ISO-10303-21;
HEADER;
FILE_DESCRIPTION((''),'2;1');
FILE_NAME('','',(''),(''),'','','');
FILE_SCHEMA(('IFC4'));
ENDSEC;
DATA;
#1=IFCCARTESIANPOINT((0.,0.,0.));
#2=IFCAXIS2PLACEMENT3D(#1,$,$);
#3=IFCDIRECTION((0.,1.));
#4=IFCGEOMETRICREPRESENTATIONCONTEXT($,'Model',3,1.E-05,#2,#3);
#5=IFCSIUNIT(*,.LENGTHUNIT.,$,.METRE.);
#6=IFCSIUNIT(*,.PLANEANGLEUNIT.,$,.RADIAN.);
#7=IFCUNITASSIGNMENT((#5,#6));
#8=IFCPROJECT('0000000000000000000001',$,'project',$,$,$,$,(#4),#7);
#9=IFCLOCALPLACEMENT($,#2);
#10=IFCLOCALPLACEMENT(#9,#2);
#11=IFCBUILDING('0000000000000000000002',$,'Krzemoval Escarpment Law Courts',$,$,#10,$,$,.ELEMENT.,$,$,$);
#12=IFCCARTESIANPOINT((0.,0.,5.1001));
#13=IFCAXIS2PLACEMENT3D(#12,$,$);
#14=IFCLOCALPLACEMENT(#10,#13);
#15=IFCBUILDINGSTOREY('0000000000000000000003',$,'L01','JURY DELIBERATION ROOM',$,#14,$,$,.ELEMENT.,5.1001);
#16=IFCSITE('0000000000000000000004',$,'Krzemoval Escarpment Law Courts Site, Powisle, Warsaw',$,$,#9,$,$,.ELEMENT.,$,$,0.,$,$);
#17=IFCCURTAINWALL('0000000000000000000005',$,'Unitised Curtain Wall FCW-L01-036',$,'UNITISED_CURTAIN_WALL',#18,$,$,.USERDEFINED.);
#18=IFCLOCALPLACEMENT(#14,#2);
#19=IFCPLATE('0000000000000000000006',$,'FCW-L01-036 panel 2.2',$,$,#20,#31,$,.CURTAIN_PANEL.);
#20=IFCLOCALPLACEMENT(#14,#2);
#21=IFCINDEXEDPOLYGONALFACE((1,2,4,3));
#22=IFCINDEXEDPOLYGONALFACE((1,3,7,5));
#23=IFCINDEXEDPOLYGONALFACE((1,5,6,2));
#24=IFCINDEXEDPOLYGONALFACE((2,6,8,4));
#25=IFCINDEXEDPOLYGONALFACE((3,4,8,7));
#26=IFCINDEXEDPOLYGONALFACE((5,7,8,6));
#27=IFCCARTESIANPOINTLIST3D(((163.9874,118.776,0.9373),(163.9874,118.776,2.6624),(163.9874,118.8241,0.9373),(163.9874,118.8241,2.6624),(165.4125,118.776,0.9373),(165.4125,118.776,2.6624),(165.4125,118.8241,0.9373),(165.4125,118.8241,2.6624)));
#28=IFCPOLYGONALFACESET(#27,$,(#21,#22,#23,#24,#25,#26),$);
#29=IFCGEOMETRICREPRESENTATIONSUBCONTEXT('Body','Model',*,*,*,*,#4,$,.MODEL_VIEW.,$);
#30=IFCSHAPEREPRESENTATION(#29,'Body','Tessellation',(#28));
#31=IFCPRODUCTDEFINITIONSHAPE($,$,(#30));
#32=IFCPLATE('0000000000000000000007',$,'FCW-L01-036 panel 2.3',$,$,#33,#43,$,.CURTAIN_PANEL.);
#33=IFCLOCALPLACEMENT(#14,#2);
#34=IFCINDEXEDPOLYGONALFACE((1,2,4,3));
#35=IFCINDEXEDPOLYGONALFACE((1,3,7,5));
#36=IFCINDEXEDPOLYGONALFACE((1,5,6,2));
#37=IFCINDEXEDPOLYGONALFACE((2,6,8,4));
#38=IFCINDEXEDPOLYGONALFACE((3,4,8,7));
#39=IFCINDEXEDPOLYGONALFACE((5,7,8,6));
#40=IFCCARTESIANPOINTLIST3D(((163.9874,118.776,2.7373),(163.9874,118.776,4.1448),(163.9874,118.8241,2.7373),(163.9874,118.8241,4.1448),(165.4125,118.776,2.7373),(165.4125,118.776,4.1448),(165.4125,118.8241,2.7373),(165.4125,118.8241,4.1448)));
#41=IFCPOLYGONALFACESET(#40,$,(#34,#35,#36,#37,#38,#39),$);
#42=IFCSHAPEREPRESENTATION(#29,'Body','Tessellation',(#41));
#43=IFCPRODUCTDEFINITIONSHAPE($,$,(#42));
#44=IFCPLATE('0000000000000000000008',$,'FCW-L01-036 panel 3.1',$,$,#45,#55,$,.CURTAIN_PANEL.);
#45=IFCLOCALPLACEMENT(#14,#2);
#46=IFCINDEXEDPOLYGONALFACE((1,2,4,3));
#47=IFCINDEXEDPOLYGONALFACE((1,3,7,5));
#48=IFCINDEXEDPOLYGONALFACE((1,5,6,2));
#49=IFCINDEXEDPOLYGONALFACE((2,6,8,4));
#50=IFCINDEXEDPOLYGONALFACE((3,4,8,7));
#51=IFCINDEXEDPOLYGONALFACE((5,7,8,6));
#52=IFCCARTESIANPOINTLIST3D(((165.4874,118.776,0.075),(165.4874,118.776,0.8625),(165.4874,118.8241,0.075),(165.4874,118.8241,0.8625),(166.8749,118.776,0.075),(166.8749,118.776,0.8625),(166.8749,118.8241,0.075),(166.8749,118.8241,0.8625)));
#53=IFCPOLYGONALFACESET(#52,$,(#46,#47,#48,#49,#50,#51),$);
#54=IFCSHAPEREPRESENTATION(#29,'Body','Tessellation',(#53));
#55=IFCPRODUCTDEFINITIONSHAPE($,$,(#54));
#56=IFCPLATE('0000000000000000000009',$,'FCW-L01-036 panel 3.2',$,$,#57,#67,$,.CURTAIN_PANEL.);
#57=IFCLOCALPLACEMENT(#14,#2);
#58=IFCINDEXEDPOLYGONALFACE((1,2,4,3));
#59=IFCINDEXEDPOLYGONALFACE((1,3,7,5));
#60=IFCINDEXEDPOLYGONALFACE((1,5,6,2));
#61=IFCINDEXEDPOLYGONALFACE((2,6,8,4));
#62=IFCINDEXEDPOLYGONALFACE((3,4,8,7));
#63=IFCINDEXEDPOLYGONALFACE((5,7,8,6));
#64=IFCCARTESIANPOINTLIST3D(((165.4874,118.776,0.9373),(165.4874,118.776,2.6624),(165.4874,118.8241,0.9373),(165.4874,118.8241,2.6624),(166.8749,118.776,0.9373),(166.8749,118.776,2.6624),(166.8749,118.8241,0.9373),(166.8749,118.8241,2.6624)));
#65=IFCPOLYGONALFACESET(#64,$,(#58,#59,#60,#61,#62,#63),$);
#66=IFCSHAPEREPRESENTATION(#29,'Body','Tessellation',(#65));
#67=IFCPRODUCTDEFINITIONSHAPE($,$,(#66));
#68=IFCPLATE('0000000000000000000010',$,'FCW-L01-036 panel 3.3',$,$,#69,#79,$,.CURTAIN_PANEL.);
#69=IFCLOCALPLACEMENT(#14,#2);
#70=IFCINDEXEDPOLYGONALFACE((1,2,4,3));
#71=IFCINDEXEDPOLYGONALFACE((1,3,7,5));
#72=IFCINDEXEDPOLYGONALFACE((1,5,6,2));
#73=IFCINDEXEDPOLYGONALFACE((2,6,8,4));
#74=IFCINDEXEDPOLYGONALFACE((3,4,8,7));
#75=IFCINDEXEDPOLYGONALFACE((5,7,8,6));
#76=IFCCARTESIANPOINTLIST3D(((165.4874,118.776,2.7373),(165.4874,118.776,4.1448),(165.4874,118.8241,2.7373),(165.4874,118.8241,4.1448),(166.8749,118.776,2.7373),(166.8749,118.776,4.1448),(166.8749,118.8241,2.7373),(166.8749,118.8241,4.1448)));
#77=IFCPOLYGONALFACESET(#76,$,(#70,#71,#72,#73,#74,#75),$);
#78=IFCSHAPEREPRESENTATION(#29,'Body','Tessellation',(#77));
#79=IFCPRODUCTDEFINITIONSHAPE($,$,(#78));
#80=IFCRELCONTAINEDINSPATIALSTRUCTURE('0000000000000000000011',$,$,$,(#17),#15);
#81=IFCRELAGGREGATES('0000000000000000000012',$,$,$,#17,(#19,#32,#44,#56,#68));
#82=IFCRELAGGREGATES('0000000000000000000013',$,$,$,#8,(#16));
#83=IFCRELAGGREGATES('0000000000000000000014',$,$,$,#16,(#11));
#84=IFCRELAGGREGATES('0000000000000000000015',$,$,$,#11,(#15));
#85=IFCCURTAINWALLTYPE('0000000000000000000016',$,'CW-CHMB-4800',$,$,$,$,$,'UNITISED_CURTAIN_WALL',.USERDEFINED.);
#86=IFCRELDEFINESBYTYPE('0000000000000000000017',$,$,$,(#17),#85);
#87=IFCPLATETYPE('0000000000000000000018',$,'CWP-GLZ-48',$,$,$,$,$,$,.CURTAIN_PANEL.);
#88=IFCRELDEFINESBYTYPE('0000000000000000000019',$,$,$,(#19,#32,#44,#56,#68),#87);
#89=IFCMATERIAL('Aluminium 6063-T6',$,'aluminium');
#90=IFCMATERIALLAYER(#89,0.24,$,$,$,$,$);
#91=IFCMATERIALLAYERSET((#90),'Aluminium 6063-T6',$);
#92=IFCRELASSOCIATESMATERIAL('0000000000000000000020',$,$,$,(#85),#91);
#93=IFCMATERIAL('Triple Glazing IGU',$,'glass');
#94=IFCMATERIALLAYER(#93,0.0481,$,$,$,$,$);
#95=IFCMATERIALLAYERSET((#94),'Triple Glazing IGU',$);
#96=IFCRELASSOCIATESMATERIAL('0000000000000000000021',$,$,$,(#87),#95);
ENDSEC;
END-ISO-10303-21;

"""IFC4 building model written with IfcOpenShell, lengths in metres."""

from ifc_helpers import new_model, si_unit, direction, frame, origin, origin_2d, place, context, subcontext, project, spatial, rectangle, extrude, material, layer, layer_set, type_object, element, aggregate, save


model = new_model("IFC4")

# Units and contexts
model_context = context("Model", 3, precision=1e-05, world=origin(), true_north=direction((0.0, 1.0)))
body_context = subcontext(model_context, "Body", "Model", "MODEL_VIEW")
ifc_project = project(units=[si_unit("LENGTHUNIT", "METRE"), si_unit("PLANEANGLEUNIT", "RADIAN")], contexts=[model_context])

# Site, building, storey
site_placement = place(None, origin())
site = spatial("IfcSite", under=ifc_project, at=site_placement, Name="Krzemoval Escarpment Law Courts Site, Powisle, Warsaw", CompositionType="ELEMENT", RefElevation=0.0)
building_placement = place(site_placement, origin())
building = spatial("IfcBuilding", under=site, at=building_placement, Name="Krzemoval Escarpment Law Courts", CompositionType="ELEMENT")
storey_placement = place(building_placement, frame((0.0, 0.0, 5.1001)))
storey = spatial("IfcBuildingStorey", under=building, at=storey_placement, Name="L01", Description="JURY DELIBERATION ROOM", CompositionType="ELEMENT", Elevation=5.1001)

# Shared definitions
ifc_material_1 = material(Name="Aluminium 6063-T6", Category="aluminium")
ifc_layer_1 = layer(ifc_material_1, 0.24)
ifc_layer_set_1 = layer_set([ifc_layer_1], Name="Aluminium 6063-T6")
curtain_wall_type = type_object("IfcCurtainWallType", Name="CW-CHMB-4800", ElementType="UNITISED_CURTAIN_WALL", PredefinedType="USERDEFINED", material=ifc_layer_set_1)

# Curtain wall, plates
curtain_wall_1_placement = place(storey_placement, origin())
curtain_wall_1 = element("IfcCurtainWall", 1, at=curtain_wall_1_placement, inside=storey, type_object=curtain_wall_type, Name="Unitised Curtain Wall FCW-L01-036", ObjectType="UNITISED_CURTAIN_WALL", PredefinedType="USERDEFINED")
ifc_material_2 = material(Name="Triple Glazing IGU", Category="glass")
ifc_layer_2 = layer(ifc_material_2, 0.0481)
ifc_layer_set_2 = layer_set([ifc_layer_2], Name="Triple Glazing IGU")
plate_type = type_object("IfcPlateType", Name="CWP-GLZ-48", PredefinedType="CURTAIN_PANEL", material=ifc_layer_set_2)
plate_1_placement = place(storey_placement, frame((164.7, 118.8, 0.9373), z_axis=(0.0, 0.0, 1.0), x_axis=(1.0, 0.0, 0.0)))
plate_1 = element("IfcPlate", 2, at=plate_1_placement, type_object=plate_type, Name="FCW-L01-036 panel 2.2", PredefinedType="CURTAIN_PANEL", context=body_context, shape_type="SweptSolid", body=[
    extrude(rectangle(XDim=1.425, YDim=0.0481, at=origin_2d()), origin(), (0.0, 0.0, 1.0), 1.7251),
])
plate_2_placement = place(storey_placement, frame((164.7, 118.8, 2.7373), z_axis=(0.0, 0.0, 1.0), x_axis=(1.0, 0.0, 0.0)))
plate_2 = element("IfcPlate", 3, at=plate_2_placement, type_object=plate_type, Name="FCW-L01-036 panel 2.3", PredefinedType="CURTAIN_PANEL", context=body_context, shape_type="SweptSolid", body=[
    extrude(rectangle(XDim=1.425, YDim=0.0481, at=origin_2d()), origin(), (0.0, 0.0, 1.0), 1.4075),
])
plate_3_placement = place(storey_placement, frame((166.1812, 118.8, 0.075), z_axis=(0.0, 0.0, 1.0), x_axis=(1.0, 0.0, 0.0)))
plate_3 = element("IfcPlate", 4, at=plate_3_placement, type_object=plate_type, Name="FCW-L01-036 panel 3.1", PredefinedType="CURTAIN_PANEL", context=body_context, shape_type="SweptSolid", body=[
    extrude(rectangle(XDim=1.3875, YDim=0.0481, at=origin_2d()), origin(), (0.0, 0.0, 1.0), 0.7876),
])
plate_4_placement = place(storey_placement, frame((166.1812, 118.8, 0.9373), z_axis=(0.0, 0.0, 1.0), x_axis=(1.0, 0.0, 0.0)))
plate_4 = element("IfcPlate", 5, at=plate_4_placement, type_object=plate_type, Name="FCW-L01-036 panel 3.2", PredefinedType="CURTAIN_PANEL", context=body_context, shape_type="SweptSolid", body=[
    extrude(rectangle(XDim=1.3875, YDim=0.0481, at=origin_2d()), origin(), (0.0, 0.0, 1.0), 1.7251),
])
plate_5_placement = place(storey_placement, frame((166.1812, 118.8, 2.7373), z_axis=(0.0, 0.0, 1.0), x_axis=(1.0, 0.0, 0.0)))
plate_5 = element("IfcPlate", 6, at=plate_5_placement, type_object=plate_type, Name="FCW-L01-036 panel 3.3", PredefinedType="CURTAIN_PANEL", context=body_context, shape_type="SweptSolid", body=[
    extrude(rectangle(XDim=1.3875, YDim=0.0481, at=origin_2d()), origin(), (0.0, 0.0, 1.0), 1.4075),
])
aggregate(curtain_wall_1, [plate_1, plate_2, plate_3, plate_4, plate_5])

save(model, "model.ifc")
